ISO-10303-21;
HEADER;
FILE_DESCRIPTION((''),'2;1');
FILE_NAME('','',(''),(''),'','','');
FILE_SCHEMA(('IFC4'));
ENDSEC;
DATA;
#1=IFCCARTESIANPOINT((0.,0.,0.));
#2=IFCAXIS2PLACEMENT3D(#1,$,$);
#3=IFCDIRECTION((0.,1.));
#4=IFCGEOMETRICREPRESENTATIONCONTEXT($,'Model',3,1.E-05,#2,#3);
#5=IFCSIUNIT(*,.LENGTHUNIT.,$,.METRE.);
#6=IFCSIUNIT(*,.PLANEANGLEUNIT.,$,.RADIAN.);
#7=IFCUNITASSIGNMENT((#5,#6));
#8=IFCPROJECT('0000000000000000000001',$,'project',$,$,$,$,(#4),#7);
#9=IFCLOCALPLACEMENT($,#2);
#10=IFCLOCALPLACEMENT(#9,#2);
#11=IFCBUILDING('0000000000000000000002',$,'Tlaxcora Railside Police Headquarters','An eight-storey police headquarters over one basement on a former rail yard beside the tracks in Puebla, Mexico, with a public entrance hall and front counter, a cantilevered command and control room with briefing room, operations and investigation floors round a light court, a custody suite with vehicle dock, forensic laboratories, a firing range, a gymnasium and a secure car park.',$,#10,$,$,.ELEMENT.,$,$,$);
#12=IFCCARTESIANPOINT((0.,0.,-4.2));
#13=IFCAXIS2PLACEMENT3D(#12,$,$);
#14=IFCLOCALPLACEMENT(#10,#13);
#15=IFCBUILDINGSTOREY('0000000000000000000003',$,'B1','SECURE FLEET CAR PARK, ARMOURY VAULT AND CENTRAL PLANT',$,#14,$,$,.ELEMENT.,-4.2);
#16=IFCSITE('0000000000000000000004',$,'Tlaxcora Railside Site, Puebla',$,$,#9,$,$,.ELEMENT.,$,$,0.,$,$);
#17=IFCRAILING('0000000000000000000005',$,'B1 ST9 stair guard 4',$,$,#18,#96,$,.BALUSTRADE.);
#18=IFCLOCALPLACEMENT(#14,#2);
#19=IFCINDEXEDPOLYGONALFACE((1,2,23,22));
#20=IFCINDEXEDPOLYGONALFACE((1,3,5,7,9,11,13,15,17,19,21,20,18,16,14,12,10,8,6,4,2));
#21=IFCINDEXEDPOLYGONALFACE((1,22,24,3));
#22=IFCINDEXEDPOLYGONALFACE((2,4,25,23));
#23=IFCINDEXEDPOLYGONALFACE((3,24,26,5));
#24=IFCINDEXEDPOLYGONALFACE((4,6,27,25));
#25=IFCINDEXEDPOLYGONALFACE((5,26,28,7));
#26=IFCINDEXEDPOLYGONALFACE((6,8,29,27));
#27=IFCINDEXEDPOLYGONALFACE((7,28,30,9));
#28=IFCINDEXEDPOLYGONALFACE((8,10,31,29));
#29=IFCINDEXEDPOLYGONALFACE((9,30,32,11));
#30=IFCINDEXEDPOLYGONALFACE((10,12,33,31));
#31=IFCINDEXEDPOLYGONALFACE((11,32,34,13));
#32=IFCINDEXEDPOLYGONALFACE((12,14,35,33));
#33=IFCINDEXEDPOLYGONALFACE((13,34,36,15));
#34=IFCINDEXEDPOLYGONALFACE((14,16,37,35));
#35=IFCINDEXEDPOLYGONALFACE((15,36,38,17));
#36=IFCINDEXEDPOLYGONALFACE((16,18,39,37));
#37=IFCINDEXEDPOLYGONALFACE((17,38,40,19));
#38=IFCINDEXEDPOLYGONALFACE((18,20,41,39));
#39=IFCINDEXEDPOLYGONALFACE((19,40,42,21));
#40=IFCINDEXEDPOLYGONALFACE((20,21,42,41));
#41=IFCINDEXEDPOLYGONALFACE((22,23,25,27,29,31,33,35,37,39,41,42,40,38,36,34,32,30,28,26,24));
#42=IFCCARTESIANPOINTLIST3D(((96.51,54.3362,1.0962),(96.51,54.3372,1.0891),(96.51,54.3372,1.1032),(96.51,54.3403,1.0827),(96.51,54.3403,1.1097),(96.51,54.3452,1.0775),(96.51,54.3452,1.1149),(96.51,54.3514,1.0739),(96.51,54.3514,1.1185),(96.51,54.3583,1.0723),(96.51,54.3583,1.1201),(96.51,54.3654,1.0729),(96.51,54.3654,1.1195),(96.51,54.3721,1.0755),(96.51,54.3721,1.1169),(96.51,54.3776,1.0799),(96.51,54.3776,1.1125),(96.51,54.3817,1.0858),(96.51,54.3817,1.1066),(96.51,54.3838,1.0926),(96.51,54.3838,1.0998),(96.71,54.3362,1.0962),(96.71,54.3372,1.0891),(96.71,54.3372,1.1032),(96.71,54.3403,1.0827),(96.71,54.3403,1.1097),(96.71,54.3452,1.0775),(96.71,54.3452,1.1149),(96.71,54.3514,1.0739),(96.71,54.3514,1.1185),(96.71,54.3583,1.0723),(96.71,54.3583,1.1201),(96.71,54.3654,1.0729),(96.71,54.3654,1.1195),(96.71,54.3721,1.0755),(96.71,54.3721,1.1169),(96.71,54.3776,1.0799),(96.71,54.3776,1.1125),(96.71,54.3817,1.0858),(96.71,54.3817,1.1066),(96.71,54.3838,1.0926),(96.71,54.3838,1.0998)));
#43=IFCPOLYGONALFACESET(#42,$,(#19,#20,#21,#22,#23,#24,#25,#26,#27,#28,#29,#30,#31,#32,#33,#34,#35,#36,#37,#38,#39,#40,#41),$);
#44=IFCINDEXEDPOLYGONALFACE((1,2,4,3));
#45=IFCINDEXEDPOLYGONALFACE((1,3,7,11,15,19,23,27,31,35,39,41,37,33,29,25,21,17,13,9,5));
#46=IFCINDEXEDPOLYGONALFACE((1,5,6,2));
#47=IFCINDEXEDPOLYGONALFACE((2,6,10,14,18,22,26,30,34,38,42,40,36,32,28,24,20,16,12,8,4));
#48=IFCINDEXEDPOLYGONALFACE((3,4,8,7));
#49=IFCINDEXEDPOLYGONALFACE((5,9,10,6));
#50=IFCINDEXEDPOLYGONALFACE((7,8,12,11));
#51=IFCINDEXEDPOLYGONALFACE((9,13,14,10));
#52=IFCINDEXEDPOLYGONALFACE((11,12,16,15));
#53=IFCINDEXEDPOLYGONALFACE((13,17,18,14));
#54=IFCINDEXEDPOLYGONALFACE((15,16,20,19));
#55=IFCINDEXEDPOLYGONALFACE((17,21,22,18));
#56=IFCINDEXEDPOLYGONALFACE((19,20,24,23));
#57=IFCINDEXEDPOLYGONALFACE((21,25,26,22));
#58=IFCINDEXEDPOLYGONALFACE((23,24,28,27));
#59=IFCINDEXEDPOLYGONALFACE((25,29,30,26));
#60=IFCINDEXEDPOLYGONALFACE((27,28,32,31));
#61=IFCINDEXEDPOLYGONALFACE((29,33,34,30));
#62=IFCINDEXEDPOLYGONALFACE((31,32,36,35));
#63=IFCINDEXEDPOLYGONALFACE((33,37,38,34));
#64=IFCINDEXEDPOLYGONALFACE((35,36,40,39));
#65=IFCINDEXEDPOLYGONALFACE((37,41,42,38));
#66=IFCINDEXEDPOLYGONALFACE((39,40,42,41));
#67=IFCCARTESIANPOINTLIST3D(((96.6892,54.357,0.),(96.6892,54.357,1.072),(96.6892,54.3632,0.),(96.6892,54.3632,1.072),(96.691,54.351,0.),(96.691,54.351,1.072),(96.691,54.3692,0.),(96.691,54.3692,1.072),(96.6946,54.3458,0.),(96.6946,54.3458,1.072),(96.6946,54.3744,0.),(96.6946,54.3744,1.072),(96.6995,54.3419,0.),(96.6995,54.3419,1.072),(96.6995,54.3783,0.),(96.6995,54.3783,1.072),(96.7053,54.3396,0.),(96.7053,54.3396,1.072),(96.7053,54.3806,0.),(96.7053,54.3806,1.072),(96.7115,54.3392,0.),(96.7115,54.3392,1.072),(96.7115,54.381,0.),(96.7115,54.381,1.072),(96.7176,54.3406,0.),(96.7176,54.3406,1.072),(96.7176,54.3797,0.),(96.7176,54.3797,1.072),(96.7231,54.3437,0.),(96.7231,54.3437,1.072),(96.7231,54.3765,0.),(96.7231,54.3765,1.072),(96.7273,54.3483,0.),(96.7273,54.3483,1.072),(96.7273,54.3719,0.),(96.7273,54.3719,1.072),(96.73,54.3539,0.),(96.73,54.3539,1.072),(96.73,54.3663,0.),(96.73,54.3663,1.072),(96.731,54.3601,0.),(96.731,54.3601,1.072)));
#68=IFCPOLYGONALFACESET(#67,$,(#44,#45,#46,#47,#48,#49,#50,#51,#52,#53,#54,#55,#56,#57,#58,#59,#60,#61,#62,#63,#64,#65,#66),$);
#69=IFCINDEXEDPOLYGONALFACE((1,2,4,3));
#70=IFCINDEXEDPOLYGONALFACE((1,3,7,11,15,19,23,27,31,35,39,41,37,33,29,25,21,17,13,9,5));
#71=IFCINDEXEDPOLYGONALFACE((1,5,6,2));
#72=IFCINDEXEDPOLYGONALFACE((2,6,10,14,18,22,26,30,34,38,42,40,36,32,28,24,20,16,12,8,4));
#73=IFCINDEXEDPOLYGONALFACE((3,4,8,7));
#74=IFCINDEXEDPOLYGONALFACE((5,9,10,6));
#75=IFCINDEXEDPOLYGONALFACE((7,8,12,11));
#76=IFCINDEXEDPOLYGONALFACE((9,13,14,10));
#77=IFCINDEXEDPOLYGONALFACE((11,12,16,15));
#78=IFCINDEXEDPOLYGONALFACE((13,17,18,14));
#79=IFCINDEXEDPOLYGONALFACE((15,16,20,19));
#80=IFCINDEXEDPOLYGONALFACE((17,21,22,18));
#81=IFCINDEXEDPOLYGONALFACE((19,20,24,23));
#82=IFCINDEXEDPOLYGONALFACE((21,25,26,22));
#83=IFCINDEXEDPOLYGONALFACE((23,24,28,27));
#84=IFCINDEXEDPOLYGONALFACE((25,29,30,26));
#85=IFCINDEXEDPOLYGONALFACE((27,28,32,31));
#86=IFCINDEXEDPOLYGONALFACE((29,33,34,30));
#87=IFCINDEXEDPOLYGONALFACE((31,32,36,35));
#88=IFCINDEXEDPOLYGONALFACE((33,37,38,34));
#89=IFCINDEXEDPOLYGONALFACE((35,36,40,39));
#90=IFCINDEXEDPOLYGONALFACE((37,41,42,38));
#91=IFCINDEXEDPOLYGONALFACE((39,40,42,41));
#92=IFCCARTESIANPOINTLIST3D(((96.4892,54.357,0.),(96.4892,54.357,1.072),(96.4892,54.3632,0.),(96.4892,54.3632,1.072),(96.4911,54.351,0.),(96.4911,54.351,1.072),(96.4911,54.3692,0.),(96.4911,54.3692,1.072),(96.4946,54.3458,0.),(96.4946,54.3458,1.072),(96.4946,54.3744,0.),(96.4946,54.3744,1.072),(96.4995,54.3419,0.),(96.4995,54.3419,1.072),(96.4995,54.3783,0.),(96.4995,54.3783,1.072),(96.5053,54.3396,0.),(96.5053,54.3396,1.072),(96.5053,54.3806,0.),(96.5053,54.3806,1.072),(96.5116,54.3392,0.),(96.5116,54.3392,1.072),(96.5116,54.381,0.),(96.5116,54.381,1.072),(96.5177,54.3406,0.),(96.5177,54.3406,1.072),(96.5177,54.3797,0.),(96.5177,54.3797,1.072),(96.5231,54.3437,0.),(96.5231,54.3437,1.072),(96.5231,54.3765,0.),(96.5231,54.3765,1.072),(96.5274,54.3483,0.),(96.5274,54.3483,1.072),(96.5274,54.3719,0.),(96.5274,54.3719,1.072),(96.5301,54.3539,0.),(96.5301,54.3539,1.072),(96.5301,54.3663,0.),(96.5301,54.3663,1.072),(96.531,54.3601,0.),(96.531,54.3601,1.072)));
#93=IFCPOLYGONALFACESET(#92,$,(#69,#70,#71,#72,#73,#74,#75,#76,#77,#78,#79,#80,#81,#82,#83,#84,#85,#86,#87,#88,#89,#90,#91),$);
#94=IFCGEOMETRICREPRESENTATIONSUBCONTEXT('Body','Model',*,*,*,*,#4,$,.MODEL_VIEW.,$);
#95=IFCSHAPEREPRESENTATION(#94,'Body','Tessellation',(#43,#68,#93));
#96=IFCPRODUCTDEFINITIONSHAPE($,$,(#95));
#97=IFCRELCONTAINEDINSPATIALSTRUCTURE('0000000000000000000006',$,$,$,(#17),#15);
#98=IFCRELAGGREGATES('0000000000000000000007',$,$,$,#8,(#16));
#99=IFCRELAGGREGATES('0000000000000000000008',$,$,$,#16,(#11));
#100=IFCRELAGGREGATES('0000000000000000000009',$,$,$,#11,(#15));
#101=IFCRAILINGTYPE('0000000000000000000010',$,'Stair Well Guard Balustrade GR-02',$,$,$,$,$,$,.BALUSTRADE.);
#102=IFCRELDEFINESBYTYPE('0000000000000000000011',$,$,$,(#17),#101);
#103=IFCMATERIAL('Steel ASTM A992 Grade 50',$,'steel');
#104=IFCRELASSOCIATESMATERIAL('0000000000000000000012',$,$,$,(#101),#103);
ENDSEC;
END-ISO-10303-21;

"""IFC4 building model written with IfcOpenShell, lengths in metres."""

from ifc_helpers import new_model, si_unit, direction, frame, origin, origin_2d, place, context, subcontext, project, spatial, circle, extrude, material, type_object, element, save


model = new_model("IFC4")

# Units and contexts
model_context = context("Model", 3, precision=1e-05, world=origin(), true_north=direction((0.0, 1.0)))
body_context = subcontext(model_context, "Body", "Model", "MODEL_VIEW")
ifc_project = project(units=[si_unit("LENGTHUNIT", "METRE"), si_unit("PLANEANGLEUNIT", "RADIAN")], contexts=[model_context])

# Site, building, storey
site_placement = place(None, origin())
site = spatial("IfcSite", under=ifc_project, at=site_placement, Name="Tlaxcora Railside Site, Puebla", CompositionType="ELEMENT", RefElevation=0.0)
building_placement = place(site_placement, origin())
building = spatial("IfcBuilding", under=site, at=building_placement, Name="Tlaxcora Railside Police Headquarters", Description="An eight-storey police headquarters over one basement on a former rail yard beside the tracks in Puebla, Mexico, with a public entrance hall and front counter, a cantilevered command and control room with briefing room, operations and investigation floors round a light court, a custody suite with vehicle dock, forensic laboratories, a firing range, a gymnasium and a secure car park.", CompositionType="ELEMENT")
storey_placement = place(building_placement, frame((0.0, 0.0, -4.2)))
storey = spatial("IfcBuildingStorey", under=building, at=storey_placement, Name="B1", Description="SECURE FLEET CAR PARK, ARMOURY VAULT AND CENTRAL PLANT", CompositionType="ELEMENT", Elevation=-4.2)

# Shared definitions
ifc_material_1 = material(Name="Steel ASTM A992 Grade 50", Category="steel")

# Railing
railing_type_1 = type_object("IfcRailingType", Name="Stair Well Guard Balustrade GR-02", PredefinedType="BALUSTRADE", material=ifc_material_1)
railing_1_placement = place(storey_placement, frame((96.71, 54.3601, 0.0)))
element("IfcRailing", 1, at=railing_1_placement, inside=storey, type_object=railing_type_1, Name="B1 ST9 stair guard 4", PredefinedType="BALUSTRADE", context=body_context, shape_type="SweptSolid", body=[
    extrude(circle(Radius=0.0239, at=origin_2d()), frame((0.0, 0.0, 1.0962), z_axis=(-1.0, 0.0, 0.0), x_axis=(0.0, -1.0, 0.0)), (0.0, 0.0, 1.0), 0.2),
    extrude(circle(Radius=0.021, at=origin_2d()), origin(), (0.0, 0.0, 1.0), 1.072),
    extrude(circle(Radius=0.021, at=origin_2d()), frame((-0.2, 0.0, 0.0)), (0.0, 0.0, 1.0), 1.072),
])

save(model, "model.ifc")
